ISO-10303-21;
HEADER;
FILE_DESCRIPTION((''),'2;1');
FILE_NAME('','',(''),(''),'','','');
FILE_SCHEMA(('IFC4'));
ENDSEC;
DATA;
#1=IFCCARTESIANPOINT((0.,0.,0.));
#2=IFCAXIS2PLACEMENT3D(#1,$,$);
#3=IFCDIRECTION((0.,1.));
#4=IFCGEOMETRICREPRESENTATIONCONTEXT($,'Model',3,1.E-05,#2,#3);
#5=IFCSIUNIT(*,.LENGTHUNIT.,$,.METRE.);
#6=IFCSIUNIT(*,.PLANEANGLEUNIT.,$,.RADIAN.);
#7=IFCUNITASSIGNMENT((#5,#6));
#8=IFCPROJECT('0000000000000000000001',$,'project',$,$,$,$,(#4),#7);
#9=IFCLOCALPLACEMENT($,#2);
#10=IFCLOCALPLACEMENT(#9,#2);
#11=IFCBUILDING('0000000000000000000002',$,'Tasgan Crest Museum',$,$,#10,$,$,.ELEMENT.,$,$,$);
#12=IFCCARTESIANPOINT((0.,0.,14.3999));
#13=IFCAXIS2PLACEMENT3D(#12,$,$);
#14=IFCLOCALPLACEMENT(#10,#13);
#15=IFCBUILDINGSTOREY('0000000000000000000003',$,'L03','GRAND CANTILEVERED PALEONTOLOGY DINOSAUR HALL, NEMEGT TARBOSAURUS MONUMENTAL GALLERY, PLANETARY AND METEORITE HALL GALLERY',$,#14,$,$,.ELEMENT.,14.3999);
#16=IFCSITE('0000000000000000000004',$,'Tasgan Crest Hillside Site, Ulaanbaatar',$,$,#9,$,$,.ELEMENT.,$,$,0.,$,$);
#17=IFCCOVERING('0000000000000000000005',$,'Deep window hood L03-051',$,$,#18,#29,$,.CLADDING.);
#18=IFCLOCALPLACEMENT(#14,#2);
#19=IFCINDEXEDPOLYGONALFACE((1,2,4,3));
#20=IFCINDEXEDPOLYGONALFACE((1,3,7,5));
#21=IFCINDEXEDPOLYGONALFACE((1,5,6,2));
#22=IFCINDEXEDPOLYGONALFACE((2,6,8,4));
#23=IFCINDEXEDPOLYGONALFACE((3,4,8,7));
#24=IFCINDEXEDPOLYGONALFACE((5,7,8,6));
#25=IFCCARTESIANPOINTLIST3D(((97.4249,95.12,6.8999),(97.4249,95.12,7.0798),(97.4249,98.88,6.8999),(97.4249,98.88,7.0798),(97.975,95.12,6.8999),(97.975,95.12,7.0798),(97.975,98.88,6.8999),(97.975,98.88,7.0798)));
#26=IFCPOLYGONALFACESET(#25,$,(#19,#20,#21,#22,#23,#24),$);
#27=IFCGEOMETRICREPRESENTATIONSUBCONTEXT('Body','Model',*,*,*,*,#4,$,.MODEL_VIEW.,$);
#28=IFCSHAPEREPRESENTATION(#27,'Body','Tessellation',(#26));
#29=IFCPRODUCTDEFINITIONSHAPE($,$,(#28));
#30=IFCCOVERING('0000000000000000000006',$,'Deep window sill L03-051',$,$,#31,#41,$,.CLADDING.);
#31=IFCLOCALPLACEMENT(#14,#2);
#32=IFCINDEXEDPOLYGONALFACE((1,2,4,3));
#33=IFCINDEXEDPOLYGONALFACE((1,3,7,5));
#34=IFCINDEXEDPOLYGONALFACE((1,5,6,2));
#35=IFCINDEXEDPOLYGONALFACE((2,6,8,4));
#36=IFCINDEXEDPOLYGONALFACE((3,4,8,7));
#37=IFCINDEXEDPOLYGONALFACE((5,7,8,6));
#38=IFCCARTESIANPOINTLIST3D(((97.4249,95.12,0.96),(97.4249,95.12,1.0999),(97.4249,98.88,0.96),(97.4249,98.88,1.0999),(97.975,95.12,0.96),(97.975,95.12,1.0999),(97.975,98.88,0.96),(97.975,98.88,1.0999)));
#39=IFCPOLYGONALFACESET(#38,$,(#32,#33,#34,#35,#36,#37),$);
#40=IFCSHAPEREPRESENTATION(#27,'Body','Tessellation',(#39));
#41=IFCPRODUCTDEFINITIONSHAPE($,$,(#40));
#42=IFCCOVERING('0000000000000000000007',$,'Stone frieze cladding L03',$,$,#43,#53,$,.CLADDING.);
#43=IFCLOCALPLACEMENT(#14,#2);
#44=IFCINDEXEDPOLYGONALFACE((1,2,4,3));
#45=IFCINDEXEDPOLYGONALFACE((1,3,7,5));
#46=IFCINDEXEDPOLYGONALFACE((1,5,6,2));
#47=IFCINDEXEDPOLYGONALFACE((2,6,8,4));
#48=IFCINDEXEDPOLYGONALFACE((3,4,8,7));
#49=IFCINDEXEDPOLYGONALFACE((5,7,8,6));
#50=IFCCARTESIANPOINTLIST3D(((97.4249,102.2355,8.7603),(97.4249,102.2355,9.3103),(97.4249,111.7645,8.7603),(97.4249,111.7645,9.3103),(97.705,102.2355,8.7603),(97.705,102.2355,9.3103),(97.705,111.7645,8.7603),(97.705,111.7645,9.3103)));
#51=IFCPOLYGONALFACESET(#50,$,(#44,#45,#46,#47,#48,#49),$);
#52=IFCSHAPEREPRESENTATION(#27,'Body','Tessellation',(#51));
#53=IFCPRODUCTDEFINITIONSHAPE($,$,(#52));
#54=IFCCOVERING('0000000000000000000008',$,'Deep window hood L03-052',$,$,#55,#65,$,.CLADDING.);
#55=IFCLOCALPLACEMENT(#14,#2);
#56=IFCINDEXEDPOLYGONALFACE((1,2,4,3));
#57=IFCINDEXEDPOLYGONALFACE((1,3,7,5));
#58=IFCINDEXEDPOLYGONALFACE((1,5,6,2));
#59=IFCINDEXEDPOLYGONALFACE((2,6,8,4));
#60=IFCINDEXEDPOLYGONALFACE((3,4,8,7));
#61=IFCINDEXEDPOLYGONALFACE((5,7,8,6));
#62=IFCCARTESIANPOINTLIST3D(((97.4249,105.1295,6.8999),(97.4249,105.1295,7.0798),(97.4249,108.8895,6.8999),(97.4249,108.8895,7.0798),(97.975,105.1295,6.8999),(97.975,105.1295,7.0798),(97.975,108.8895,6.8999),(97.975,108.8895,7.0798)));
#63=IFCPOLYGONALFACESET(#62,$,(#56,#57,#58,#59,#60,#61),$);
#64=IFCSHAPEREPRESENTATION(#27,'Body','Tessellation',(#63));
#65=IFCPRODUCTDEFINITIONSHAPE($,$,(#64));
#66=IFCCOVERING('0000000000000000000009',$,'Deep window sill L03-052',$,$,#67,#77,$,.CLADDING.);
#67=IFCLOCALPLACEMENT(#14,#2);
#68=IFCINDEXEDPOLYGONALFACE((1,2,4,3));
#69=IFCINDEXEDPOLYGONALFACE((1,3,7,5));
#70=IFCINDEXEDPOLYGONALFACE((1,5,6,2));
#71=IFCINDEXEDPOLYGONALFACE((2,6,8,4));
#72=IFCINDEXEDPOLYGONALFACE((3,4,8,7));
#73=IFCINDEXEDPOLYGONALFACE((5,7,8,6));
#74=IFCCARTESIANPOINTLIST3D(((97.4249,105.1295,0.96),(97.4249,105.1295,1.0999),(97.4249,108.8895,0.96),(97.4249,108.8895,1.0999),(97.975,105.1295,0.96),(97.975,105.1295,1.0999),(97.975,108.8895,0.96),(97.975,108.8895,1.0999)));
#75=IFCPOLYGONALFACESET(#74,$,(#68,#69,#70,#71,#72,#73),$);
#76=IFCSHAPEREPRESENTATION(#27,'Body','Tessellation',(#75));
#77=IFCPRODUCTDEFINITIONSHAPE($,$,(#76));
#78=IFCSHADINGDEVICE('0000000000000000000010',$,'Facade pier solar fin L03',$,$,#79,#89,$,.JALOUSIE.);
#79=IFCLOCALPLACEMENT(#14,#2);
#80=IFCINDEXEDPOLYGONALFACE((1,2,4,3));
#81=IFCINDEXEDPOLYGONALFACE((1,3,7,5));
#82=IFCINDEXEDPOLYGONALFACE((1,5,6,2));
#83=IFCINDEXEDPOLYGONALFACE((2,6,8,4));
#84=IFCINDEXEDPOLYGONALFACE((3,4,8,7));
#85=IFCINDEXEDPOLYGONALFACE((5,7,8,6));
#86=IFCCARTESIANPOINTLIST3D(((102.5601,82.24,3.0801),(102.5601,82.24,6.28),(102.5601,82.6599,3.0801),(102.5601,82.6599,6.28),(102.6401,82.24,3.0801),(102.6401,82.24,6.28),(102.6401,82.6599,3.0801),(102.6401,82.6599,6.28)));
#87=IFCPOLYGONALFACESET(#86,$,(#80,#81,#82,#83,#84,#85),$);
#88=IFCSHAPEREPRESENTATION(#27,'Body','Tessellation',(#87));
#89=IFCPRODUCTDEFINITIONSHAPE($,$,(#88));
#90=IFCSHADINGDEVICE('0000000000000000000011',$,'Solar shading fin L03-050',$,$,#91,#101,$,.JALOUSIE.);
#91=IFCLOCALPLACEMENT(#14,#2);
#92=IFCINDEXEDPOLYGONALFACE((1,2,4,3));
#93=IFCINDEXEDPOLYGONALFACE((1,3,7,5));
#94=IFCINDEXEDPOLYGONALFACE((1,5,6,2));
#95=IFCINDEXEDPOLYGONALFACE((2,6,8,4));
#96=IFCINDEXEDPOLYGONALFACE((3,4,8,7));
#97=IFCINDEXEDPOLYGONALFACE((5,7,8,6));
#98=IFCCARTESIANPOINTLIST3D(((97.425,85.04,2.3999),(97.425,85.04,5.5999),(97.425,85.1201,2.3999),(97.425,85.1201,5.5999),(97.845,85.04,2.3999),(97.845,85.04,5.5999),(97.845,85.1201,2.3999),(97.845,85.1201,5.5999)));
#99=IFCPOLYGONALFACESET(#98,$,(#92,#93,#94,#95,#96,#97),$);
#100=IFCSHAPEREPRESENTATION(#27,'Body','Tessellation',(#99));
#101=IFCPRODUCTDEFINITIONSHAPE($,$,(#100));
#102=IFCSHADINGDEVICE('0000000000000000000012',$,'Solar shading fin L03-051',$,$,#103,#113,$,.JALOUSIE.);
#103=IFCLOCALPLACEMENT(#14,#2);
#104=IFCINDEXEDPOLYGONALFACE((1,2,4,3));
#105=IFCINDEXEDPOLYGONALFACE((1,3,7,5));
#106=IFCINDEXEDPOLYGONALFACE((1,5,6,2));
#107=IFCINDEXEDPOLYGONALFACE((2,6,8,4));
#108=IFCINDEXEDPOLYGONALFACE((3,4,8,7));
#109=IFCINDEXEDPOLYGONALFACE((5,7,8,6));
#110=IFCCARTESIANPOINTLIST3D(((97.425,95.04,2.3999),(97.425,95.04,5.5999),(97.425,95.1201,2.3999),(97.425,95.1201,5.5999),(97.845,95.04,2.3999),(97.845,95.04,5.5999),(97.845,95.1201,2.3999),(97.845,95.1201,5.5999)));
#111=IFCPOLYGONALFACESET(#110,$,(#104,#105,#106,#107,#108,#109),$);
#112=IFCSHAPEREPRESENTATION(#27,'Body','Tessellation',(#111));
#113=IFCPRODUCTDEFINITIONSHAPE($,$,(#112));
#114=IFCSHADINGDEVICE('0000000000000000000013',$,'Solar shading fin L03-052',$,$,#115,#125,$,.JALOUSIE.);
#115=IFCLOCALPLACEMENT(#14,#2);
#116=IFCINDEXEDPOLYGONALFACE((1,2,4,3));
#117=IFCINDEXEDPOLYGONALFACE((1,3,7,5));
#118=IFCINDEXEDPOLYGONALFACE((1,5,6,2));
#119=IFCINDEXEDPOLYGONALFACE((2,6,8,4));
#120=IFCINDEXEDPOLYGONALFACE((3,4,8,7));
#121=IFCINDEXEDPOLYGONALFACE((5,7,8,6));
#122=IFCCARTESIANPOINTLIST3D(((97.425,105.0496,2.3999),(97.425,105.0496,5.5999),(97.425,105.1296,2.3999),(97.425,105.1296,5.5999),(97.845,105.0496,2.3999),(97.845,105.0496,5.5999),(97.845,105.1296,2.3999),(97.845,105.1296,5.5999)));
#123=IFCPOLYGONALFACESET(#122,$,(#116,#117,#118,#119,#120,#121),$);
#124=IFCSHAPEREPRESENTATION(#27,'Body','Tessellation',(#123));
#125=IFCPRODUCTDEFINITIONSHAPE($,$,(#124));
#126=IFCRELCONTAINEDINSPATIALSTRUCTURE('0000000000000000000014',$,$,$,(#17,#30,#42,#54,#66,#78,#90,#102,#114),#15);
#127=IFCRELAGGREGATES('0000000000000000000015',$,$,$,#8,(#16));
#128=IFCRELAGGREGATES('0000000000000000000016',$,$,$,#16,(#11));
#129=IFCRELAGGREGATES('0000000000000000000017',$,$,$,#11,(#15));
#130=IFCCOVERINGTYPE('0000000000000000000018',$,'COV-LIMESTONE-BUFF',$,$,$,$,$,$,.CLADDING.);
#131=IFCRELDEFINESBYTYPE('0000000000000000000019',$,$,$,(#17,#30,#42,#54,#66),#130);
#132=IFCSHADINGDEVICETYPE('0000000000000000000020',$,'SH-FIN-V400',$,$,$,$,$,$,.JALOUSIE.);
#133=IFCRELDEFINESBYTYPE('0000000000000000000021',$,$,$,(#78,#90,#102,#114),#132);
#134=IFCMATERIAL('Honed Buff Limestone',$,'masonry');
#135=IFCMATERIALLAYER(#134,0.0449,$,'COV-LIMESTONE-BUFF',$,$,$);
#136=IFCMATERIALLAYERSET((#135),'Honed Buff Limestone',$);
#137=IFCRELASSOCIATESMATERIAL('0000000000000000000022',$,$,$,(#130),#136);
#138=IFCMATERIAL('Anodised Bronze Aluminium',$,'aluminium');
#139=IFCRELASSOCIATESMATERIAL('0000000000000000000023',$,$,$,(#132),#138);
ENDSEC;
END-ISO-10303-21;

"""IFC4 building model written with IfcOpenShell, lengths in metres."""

from ifc_helpers import new_model, si_unit, direction, frame, origin, origin_2d, place, context, subcontext, project, spatial, rectangle, extrude, material, layer, layer_set, type_object, element, save


model = new_model("IFC4")

# Units and contexts
model_context = context("Model", 3, precision=1e-05, world=origin(), true_north=direction((0.0, 1.0)))
body_context = subcontext(model_context, "Body", "Model", "MODEL_VIEW")
ifc_project = project(units=[si_unit("LENGTHUNIT", "METRE"), si_unit("PLANEANGLEUNIT", "RADIAN")], contexts=[model_context])

# Site, building, storey
site_placement = place(None, origin())
site = spatial("IfcSite", under=ifc_project, at=site_placement, Name="Tasgan Crest Hillside Site, Ulaanbaatar", CompositionType="ELEMENT", RefElevation=0.0)
building_placement = place(site_placement, origin())
building = spatial("IfcBuilding", under=site, at=building_placement, Name="Tasgan Crest Museum", CompositionType="ELEMENT")
storey_placement = place(building_placement, frame((0.0, 0.0, 14.3999)))
storey = spatial("IfcBuildingStorey", under=building, at=storey_placement, Name="L03", Description="GRAND CANTILEVERED PALEONTOLOGY DINOSAUR HALL, NEMEGT TARBOSAURUS MONUMENTAL GALLERY, PLANETARY AND METEORITE HALL GALLERY", CompositionType="ELEMENT", Elevation=14.3999)

# Coverings
ifc_material_1 = material(Name="Honed Buff Limestone", Category="masonry")
ifc_layer_1 = layer(ifc_material_1, 0.0449, Name="COV-LIMESTONE-BUFF")
ifc_layer_set_1 = layer_set([ifc_layer_1], Name="Honed Buff Limestone")
covering_type_1 = type_object("IfcCoveringType", Name="COV-LIMESTONE-BUFF", PredefinedType="CLADDING", material=ifc_layer_set_1)
covering_1_placement = place(storey_placement, frame((97.7, 97.0, 6.8999), z_axis=(0.0, 0.0, 1.0), x_axis=(0.0, 1.0, 0.0)))
element("IfcCovering", 1, at=covering_1_placement, inside=storey, type_object=covering_type_1, Name="Deep window hood L03-051", PredefinedType="CLADDING", context=body_context, shape_type="SweptSolid", body=[
    extrude(rectangle(XDim=3.76, YDim=0.55, at=origin_2d()), origin(), (0.0, 0.0, 1.0), 0.1799),
])
covering_2_placement = place(storey_placement, frame((97.7, 97.0, 0.96), z_axis=(0.0, 0.0, 1.0), x_axis=(0.0, 1.0, 0.0)))
element("IfcCovering", 2, at=covering_2_placement, inside=storey, type_object=covering_type_1, Name="Deep window sill L03-051", PredefinedType="CLADDING", context=body_context, shape_type="SweptSolid", body=[
    extrude(rectangle(XDim=3.76, YDim=0.55, at=origin_2d()), origin(), (0.0, 0.0, 1.0), 0.1399),
])
covering_3_placement = place(storey_placement, frame((97.5649, 107.0, 8.7603), z_axis=(0.0, 0.0, 1.0), x_axis=(0.0, 1.0, 0.0)))
element("IfcCovering", 3, at=covering_3_placement, inside=storey, type_object=covering_type_1, Name="Stone frieze cladding L03", PredefinedType="CLADDING", context=body_context, shape_type="SweptSolid", body=[
    extrude(rectangle(XDim=9.5291, YDim=0.28, at=origin_2d()), origin(), (0.0, 0.0, 1.0), 0.55),
])
covering_4_placement = place(storey_placement, frame((97.7, 107.0095, 6.8999), z_axis=(0.0, 0.0, 1.0), x_axis=(0.0, 1.0, 0.0)))
element("IfcCovering", 4, at=covering_4_placement, inside=storey, type_object=covering_type_1, Name="Deep window hood L03-052", PredefinedType="CLADDING", context=body_context, shape_type="SweptSolid", body=[
    extrude(rectangle(XDim=3.76, YDim=0.55, at=origin_2d()), origin(), (0.0, 0.0, 1.0), 0.1799),
])
covering_5_placement = place(storey_placement, frame((97.7, 107.0095, 0.96), z_axis=(0.0, 0.0, 1.0), x_axis=(0.0, 1.0, 0.0)))
element("IfcCovering", 5, at=covering_5_placement, inside=storey, type_object=covering_type_1, Name="Deep window sill L03-052", PredefinedType="CLADDING", context=body_context, shape_type="SweptSolid", body=[
    extrude(rectangle(XDim=3.76, YDim=0.55, at=origin_2d()), origin(), (0.0, 0.0, 1.0), 0.1399),
])

# Shading devices
ifc_material_2 = material(Name="Anodised Bronze Aluminium", Category="aluminium")
shading_device_type = type_object("IfcShadingDeviceType", Name="SH-FIN-V400", PredefinedType="JALOUSIE", material=ifc_material_2)
for number, where, z_axis, x_axis, name in (
    (6, (102.6001, 82.45, 3.0801), (0.0, 0.0, 1.0), (-1.0, 0.0, 0.0), "Facade pier solar fin L03"),
    (7, (97.635, 85.0801, 2.3999), (0.0, 0.0, 1.0), (0.0, 1.0, 0.0), "Solar shading fin L03-050"),
    (8, (97.635, 95.0801, 2.3999), (0.0, 0.0, 1.0), (0.0, 1.0, 0.0), "Solar shading fin L03-051"),
    (9, (97.635, 105.0896, 2.3999), (0.0, 0.0, 1.0), (0.0, 1.0, 0.0), "Solar shading fin L03-052"),
):
    element("IfcShadingDevice", number, at=place(storey_placement, frame(where, z_axis=z_axis, x_axis=x_axis)), inside=storey, type_object=shading_device_type, Name=name, PredefinedType="JALOUSIE", context=body_context, shape_type="SweptSolid", body=[
        extrude(rectangle(XDim=0.0801, YDim=0.4199, at=origin_2d()), origin(), (0.0, 0.0, 1.0), 3.2),
    ])

save(model, "model.ifc")
